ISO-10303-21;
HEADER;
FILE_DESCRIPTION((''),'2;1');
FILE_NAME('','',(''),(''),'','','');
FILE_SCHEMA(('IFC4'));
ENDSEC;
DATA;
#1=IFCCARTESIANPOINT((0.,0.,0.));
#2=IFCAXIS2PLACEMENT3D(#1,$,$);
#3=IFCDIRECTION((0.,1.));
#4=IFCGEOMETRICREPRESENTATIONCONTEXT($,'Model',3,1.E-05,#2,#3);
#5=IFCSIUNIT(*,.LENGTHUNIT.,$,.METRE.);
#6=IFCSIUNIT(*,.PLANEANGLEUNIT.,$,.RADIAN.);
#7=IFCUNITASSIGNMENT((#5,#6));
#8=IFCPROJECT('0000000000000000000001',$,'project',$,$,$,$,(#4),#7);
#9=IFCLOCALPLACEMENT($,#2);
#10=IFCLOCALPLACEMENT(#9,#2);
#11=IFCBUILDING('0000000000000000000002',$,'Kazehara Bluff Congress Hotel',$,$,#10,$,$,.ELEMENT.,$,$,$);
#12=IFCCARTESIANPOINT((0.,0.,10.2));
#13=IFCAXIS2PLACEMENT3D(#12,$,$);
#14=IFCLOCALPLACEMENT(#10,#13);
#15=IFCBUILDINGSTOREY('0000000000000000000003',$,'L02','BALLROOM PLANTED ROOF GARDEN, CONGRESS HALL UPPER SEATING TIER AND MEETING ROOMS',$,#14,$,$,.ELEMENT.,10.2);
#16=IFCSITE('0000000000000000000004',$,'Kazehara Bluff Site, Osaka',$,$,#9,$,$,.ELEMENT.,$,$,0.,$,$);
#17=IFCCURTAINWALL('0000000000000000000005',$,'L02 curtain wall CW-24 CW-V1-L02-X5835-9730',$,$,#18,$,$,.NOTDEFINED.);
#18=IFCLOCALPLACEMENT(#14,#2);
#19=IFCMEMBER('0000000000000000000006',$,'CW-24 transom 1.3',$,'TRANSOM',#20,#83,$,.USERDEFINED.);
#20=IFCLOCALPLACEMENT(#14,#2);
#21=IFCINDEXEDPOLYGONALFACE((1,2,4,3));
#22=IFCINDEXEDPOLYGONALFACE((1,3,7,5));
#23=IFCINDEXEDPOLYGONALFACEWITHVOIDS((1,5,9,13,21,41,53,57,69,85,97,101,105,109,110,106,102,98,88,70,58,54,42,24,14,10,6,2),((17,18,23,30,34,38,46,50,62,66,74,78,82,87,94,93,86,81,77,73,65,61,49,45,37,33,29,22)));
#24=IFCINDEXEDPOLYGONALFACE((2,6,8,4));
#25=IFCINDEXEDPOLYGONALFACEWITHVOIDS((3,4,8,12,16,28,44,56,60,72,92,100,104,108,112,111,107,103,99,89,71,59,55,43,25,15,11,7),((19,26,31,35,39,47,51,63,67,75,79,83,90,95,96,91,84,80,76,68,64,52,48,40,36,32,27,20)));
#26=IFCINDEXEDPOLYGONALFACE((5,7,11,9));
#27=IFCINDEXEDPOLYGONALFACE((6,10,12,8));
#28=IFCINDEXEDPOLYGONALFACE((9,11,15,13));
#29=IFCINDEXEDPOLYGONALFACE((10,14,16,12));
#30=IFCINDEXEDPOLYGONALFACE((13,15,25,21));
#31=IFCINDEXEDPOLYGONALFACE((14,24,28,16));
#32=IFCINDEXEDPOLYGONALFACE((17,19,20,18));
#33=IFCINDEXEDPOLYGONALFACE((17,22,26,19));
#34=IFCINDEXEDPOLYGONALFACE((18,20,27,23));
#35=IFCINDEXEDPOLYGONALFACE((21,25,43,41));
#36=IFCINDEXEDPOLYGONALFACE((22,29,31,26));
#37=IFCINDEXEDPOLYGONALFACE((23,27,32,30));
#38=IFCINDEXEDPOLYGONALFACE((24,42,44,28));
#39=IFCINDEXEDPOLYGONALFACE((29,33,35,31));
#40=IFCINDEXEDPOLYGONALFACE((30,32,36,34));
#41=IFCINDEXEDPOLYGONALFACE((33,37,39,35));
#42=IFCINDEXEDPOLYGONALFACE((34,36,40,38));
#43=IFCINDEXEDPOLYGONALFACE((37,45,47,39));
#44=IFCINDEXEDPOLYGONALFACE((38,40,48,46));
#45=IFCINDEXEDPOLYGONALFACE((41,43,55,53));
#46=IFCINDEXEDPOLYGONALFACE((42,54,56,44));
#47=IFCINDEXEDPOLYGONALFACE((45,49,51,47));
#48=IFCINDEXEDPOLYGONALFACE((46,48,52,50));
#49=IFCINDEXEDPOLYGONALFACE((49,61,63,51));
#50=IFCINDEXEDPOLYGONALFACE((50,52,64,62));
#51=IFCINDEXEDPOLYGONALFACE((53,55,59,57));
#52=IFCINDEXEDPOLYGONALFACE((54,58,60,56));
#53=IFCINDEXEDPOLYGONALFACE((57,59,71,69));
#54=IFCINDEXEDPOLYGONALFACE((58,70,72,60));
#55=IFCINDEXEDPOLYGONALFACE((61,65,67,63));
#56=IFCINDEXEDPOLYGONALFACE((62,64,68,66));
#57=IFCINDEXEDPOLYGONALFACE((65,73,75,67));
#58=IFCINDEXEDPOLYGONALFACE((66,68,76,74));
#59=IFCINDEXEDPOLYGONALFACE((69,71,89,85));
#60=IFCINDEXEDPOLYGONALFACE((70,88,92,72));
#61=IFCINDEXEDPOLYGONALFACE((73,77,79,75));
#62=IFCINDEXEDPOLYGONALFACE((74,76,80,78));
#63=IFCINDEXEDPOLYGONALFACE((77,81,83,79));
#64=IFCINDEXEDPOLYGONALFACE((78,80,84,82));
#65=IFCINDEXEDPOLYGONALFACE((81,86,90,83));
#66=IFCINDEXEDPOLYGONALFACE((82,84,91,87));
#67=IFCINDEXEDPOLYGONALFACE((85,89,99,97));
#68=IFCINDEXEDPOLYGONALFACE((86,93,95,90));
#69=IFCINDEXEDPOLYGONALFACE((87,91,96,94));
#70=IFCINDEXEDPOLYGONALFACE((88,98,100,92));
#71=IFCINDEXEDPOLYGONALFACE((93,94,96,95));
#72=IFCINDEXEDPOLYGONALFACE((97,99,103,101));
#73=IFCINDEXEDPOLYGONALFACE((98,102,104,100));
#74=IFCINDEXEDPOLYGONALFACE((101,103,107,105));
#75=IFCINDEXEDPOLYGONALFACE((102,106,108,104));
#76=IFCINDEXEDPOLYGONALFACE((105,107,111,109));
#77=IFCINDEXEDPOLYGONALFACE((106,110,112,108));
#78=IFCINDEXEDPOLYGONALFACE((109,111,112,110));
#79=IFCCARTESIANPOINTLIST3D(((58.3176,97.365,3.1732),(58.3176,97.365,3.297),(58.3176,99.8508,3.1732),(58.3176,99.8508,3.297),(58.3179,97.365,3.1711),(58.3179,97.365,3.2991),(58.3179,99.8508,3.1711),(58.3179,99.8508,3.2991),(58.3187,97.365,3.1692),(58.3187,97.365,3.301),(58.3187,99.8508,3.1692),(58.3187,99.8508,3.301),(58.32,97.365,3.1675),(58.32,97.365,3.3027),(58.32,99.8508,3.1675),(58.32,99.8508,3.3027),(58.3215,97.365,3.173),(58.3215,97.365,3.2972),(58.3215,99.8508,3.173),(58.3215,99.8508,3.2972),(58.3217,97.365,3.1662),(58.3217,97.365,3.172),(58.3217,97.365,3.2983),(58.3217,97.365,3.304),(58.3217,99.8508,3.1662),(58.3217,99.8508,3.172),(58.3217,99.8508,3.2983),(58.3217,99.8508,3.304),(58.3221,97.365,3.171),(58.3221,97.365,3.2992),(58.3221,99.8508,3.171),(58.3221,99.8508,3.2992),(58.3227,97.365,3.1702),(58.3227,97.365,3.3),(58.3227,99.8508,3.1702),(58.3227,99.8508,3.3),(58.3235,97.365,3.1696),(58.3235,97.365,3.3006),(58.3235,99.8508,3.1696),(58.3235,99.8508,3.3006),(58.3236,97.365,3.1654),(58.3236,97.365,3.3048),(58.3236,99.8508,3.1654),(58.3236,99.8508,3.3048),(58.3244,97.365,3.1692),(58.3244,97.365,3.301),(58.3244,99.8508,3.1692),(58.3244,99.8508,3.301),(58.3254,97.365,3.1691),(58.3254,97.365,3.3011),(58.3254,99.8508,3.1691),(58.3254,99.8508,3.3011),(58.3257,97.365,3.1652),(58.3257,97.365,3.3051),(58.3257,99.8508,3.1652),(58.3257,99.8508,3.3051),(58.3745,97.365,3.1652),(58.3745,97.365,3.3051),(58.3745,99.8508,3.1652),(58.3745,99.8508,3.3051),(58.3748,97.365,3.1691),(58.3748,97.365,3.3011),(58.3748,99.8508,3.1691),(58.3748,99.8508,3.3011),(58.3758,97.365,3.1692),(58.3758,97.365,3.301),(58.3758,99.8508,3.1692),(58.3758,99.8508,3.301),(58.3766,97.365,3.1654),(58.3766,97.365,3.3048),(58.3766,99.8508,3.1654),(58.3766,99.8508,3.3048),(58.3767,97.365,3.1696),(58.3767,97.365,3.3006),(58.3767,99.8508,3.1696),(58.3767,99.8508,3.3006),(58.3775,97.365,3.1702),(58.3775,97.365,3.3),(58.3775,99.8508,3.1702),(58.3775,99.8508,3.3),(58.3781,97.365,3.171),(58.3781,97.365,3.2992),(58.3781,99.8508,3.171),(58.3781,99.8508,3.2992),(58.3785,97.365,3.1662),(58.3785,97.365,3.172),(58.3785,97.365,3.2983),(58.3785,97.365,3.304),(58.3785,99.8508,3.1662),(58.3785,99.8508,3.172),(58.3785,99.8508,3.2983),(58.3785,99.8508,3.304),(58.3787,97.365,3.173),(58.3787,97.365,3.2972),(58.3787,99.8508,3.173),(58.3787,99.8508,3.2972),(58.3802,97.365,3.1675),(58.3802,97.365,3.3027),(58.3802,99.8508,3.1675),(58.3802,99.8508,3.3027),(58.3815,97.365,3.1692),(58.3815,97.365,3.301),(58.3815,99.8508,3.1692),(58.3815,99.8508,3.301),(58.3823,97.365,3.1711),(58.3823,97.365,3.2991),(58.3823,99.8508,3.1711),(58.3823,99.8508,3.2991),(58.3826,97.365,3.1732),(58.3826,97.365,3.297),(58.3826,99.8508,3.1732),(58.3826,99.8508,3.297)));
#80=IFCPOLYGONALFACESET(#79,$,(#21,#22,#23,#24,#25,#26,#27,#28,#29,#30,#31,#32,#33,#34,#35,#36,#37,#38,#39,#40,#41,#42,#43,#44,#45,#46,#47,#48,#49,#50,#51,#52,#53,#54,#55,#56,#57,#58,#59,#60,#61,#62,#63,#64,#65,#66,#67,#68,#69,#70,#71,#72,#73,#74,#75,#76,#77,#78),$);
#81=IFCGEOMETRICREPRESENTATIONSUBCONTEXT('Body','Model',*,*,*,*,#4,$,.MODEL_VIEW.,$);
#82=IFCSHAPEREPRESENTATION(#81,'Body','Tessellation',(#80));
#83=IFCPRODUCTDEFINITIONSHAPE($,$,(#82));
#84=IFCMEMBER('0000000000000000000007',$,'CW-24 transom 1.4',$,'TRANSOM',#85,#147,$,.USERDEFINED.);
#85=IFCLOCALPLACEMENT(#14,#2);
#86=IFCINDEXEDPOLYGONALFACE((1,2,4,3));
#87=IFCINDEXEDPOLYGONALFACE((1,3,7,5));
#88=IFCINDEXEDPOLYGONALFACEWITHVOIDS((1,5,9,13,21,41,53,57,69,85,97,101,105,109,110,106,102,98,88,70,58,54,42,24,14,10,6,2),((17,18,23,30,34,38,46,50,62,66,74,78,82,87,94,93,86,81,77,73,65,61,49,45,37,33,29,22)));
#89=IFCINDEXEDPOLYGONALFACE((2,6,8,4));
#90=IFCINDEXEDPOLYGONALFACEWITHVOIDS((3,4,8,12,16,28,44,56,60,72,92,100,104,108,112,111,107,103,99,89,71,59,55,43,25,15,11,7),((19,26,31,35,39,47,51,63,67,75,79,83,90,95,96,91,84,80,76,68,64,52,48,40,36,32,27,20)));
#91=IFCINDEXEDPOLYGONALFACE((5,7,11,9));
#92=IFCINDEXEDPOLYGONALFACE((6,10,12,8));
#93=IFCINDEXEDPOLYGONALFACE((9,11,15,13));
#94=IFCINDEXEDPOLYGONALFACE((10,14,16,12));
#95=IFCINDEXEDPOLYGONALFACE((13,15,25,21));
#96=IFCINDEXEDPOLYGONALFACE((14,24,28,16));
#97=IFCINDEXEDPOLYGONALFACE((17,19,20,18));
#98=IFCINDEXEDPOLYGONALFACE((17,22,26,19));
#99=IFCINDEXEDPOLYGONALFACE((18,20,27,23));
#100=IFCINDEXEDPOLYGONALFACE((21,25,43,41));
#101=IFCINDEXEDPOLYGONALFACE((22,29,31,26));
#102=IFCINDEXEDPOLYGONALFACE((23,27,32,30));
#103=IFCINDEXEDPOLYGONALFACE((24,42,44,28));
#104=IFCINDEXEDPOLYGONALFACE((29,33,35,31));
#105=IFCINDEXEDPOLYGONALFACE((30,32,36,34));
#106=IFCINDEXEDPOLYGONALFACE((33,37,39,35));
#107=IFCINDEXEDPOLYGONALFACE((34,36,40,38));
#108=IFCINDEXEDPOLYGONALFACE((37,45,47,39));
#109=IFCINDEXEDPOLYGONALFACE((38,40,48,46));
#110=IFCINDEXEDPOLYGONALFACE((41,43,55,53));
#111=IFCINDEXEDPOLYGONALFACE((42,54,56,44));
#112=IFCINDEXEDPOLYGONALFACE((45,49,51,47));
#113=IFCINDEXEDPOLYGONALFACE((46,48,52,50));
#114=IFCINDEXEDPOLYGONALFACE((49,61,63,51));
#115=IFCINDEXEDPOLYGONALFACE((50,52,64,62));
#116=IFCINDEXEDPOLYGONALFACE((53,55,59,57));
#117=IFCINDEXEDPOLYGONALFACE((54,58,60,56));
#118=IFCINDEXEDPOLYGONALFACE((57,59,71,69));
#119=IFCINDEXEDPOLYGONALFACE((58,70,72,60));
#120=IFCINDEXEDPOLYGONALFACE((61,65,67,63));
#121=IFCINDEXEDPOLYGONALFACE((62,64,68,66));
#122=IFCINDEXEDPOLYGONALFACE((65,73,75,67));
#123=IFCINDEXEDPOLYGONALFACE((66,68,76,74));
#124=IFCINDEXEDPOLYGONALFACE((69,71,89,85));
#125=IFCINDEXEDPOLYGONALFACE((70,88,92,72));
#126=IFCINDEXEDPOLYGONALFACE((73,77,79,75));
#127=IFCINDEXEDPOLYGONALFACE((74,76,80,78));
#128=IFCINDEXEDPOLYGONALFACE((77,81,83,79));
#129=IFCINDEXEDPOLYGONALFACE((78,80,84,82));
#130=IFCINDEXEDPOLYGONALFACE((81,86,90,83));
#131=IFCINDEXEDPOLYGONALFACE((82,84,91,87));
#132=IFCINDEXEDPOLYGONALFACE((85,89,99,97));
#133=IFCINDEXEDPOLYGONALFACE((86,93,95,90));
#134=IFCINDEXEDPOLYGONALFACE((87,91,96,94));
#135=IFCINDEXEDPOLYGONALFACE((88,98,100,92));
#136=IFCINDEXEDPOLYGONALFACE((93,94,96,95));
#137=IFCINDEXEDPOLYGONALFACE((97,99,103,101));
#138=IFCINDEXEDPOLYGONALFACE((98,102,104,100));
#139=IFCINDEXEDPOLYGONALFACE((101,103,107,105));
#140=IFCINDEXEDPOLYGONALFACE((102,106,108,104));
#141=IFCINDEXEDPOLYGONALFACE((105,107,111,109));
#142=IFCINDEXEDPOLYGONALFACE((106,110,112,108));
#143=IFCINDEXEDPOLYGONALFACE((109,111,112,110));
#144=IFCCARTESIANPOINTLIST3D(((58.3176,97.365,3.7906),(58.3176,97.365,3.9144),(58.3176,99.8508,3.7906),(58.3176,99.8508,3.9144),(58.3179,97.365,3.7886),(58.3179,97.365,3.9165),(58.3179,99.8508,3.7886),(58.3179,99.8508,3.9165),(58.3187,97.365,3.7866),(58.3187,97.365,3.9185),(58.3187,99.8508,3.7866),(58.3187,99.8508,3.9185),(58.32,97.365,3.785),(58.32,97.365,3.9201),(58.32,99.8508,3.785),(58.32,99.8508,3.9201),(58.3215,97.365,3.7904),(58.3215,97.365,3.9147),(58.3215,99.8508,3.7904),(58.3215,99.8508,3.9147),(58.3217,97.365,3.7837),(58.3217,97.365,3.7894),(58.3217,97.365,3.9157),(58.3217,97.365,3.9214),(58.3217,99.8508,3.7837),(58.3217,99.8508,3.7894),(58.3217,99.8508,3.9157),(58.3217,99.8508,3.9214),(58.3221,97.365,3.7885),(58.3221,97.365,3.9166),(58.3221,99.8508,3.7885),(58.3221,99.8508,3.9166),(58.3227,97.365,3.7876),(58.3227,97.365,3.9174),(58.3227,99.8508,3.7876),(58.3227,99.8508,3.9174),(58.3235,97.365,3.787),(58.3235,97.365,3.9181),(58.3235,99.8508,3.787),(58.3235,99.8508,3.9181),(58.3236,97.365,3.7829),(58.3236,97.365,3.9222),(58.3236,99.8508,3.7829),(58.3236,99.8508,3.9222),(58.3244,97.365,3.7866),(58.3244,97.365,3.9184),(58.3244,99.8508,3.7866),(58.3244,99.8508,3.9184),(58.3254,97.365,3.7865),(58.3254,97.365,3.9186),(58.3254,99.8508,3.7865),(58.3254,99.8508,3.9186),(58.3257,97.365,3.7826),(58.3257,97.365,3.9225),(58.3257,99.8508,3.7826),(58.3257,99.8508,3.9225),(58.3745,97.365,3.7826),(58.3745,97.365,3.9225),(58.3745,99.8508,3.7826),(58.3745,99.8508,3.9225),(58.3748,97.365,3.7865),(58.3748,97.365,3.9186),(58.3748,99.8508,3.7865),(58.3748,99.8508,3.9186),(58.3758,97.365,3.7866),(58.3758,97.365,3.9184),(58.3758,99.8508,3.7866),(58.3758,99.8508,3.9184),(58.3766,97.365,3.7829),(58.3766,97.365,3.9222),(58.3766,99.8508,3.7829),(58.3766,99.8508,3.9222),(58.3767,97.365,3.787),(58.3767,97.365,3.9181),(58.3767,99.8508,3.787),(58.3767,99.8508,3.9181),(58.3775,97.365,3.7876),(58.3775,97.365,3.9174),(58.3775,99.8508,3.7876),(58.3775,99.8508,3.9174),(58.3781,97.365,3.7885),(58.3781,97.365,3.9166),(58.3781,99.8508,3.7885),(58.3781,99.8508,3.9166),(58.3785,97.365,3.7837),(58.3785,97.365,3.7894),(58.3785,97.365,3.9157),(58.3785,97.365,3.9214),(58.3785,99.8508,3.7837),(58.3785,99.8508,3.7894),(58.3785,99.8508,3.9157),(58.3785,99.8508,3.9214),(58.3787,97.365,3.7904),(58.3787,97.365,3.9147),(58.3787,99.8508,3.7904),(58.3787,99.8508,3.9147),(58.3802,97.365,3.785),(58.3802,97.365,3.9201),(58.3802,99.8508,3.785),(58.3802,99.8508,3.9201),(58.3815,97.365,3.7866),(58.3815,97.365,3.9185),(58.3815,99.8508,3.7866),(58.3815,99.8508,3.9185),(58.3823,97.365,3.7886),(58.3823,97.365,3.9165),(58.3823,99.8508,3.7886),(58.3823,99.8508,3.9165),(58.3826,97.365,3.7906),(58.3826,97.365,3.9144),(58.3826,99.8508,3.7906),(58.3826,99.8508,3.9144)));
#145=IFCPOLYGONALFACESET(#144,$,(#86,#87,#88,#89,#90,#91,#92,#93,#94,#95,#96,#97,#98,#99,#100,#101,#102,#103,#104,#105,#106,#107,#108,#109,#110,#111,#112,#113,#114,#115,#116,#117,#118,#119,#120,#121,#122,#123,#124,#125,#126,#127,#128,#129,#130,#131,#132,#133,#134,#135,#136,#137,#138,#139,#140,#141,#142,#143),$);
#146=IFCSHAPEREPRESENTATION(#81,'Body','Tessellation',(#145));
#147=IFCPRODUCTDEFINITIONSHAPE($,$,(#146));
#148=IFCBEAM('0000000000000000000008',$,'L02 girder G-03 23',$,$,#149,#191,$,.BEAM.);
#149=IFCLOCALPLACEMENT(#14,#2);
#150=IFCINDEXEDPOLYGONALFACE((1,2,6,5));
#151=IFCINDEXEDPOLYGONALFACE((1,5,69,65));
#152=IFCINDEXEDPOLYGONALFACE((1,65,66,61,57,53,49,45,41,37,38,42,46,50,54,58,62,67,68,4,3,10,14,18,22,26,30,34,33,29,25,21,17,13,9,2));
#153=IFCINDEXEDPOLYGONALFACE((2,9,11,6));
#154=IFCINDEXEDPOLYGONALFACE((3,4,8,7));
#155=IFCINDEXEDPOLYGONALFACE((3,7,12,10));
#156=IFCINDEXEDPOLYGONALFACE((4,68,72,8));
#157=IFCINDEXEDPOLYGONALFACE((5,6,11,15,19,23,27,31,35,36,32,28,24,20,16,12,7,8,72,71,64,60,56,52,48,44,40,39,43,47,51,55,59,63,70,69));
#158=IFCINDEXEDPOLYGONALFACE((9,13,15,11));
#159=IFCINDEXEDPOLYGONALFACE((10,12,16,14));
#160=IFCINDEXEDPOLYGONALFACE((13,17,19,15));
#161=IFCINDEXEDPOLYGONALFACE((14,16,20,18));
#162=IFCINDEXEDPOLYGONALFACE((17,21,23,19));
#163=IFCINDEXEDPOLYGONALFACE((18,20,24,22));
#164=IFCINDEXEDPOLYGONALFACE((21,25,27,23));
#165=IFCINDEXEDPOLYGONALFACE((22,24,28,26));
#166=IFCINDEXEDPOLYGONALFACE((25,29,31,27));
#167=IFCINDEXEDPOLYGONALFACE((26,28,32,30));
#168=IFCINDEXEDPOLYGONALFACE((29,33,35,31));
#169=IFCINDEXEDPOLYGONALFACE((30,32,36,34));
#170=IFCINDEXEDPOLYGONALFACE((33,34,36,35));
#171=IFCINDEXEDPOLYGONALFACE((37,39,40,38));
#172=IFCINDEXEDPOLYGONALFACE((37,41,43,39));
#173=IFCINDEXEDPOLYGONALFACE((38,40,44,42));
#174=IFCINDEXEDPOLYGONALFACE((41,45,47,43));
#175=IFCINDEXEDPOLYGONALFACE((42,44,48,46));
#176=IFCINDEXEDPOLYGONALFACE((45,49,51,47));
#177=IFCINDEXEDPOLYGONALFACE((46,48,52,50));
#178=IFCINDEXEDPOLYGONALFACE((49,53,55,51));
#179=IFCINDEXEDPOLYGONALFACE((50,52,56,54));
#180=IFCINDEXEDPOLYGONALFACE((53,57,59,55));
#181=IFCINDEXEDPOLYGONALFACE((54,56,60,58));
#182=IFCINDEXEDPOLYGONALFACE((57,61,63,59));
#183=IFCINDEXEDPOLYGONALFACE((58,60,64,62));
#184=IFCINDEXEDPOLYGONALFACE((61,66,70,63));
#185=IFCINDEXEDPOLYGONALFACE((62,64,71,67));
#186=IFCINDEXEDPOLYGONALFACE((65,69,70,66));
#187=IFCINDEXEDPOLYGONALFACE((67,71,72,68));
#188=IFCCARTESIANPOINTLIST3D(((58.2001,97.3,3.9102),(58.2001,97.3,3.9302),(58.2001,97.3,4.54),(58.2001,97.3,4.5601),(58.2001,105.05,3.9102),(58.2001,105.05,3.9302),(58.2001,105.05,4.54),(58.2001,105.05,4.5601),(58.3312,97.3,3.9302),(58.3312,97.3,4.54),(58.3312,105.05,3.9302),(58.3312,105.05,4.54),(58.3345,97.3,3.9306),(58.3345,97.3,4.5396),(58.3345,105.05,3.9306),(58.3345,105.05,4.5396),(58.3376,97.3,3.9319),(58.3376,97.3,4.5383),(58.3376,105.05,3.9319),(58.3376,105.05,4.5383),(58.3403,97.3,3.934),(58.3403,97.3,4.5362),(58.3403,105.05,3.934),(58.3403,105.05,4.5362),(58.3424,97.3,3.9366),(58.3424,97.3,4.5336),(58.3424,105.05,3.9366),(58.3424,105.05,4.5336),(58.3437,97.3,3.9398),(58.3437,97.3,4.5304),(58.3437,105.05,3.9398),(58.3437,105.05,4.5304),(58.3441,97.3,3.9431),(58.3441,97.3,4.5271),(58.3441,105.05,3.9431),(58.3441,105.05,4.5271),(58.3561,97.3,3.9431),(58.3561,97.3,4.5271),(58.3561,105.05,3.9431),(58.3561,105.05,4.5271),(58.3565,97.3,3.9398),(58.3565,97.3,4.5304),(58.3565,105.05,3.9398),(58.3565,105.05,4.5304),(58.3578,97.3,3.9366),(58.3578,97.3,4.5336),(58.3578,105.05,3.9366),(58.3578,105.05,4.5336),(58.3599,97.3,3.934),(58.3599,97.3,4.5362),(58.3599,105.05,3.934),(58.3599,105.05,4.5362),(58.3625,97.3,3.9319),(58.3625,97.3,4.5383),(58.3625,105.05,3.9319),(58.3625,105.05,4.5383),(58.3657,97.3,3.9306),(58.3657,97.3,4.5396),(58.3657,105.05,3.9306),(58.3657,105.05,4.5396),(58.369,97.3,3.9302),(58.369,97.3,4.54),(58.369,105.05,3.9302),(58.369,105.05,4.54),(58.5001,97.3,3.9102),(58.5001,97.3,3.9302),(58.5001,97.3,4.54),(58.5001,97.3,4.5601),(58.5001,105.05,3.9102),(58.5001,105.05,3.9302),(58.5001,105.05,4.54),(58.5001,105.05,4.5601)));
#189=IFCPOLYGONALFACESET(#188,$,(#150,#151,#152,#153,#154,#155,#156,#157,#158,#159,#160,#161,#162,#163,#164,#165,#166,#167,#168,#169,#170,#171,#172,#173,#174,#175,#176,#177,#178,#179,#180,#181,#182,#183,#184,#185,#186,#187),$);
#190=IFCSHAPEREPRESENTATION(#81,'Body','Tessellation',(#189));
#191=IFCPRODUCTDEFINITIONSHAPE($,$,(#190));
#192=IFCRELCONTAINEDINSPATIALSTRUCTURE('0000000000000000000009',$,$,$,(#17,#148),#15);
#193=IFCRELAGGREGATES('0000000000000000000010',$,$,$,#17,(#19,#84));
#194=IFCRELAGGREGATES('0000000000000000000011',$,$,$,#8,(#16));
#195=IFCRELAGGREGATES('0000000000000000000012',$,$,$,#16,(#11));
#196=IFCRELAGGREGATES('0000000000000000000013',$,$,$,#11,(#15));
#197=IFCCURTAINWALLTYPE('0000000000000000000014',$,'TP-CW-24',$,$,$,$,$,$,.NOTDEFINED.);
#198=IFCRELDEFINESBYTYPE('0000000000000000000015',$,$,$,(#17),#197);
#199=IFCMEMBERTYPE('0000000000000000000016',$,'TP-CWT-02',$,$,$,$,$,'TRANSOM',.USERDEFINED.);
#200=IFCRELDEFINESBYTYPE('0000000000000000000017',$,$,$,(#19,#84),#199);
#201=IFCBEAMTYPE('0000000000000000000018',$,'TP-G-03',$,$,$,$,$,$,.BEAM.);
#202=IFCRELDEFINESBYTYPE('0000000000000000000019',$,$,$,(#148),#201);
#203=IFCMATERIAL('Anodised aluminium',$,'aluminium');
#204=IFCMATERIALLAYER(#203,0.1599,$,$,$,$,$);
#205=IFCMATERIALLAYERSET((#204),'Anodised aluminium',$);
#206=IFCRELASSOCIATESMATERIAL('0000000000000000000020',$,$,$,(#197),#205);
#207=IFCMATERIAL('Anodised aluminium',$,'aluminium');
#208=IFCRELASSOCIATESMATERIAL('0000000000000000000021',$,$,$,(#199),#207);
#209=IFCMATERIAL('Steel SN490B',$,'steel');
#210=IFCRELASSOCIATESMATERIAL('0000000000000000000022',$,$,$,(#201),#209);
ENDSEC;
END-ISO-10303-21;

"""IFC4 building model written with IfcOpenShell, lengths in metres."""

from ifc_helpers import new_model, si_unit, direction, frame, origin, origin_2d, place, context, subcontext, project, spatial, hollow_rectangle, i_section, extrude, material, layer, layer_set, material_profile, profile_set, type_object, element, aggregate, save


model = new_model("IFC4")

# Units and contexts
model_context = context("Model", 3, precision=1e-05, world=origin(), true_north=direction((0.0, 1.0)))
body_context = subcontext(model_context, "Body", "Model", "MODEL_VIEW")
ifc_project = project(units=[si_unit("LENGTHUNIT", "METRE"), si_unit("PLANEANGLEUNIT", "RADIAN")], contexts=[model_context])

# Site, building, storey
site_placement = place(None, origin())
site = spatial("IfcSite", under=ifc_project, at=site_placement, Name="Kazehara Bluff Site, Osaka", CompositionType="ELEMENT", RefElevation=0.0)
building_placement = place(site_placement, origin())
building = spatial("IfcBuilding", under=site, at=building_placement, Name="Kazehara Bluff Congress Hotel", CompositionType="ELEMENT")
storey_placement = place(building_placement, frame((0.0, 0.0, 10.2)))
storey = spatial("IfcBuildingStorey", under=building, at=storey_placement, Name="L02", Description="BALLROOM PLANTED ROOF GARDEN, CONGRESS HALL UPPER SEATING TIER AND MEETING ROOMS", CompositionType="ELEMENT", Elevation=10.2)

# Curtain wall
ifc_material_1 = material(Name="Anodised aluminium", Category="aluminium")
ifc_layer_1 = layer(ifc_material_1, 0.1599)
ifc_layer_set_1 = layer_set([ifc_layer_1], Name="Anodised aluminium")
curtain_wall_type_1 = type_object("IfcCurtainWallType", Name="TP-CW-24", PredefinedType="NOTDEFINED", material=ifc_layer_set_1)
curtain_wall_1_placement = place(storey_placement, origin())
curtain_wall_1 = element("IfcCurtainWall", 1, at=curtain_wall_1_placement, inside=storey, type_object=curtain_wall_type_1, Name="L02 curtain wall CW-24 CW-V1-L02-X5835-9730", PredefinedType="NOTDEFINED")

# Members
ifc_material_2 = material(Name="Anodised aluminium", Category="aluminium")
ifc_material_profile_1 = material_profile(ifc_material_2, hollow_rectangle(XDim=0.0649, YDim=0.1399, WallThickness=0.0039, InnerFilletRadius=0.0039, OuterFilletRadius=0.0081, at=origin_2d()))
ifc_profile_set_1 = profile_set([ifc_material_profile_1], Name="Anodised aluminium")
member_type_1 = type_object("IfcMemberType", Name="TP-CWT-02", ElementType="TRANSOM", PredefinedType="USERDEFINED", material=ifc_profile_set_1)
member_1_placement = place(storey_placement, frame((58.3501, 97.365, 3.2351), z_axis=(0.0, 1.0, 0.0), x_axis=(-1.0, 0.0, 0.0)))
member_1 = element("IfcMember", 2, at=member_1_placement, type_object=member_type_1, Name="CW-24 transom 1.3", ObjectType="TRANSOM", PredefinedType="USERDEFINED", context=body_context, shape_type="SweptSolid", body=[
    extrude(hollow_rectangle(XDim=0.0649, YDim=0.1399, WallThickness=0.0039, InnerFilletRadius=0.0039, OuterFilletRadius=0.0081, at=origin_2d()), origin(), (0.0, 0.0, 1.0), 2.4858),
])
member_2_placement = place(storey_placement, frame((58.3501, 97.365, 3.8525), z_axis=(0.0, 1.0, 0.0), x_axis=(-1.0, 0.0, 0.0)))
member_2 = element("IfcMember", 3, at=member_2_placement, type_object=member_type_1, Name="CW-24 transom 1.4", ObjectType="TRANSOM", PredefinedType="USERDEFINED", context=body_context, shape_type="SweptSolid", body=[
    extrude(hollow_rectangle(XDim=0.0649, YDim=0.1399, WallThickness=0.0039, InnerFilletRadius=0.0039, OuterFilletRadius=0.0081, at=origin_2d()), origin(), (0.0, 0.0, 1.0), 2.4858),
])

# Beam
ifc_material_3 = material(Name="Steel SN490B", Category="steel")
ifc_material_profile_2 = material_profile(ifc_material_3, i_section(OverallWidth=0.3, OverallDepth=0.6499, WebThickness=0.012, FlangeThickness=0.02, FilletRadius=0.0129, at=origin_2d()))
ifc_profile_set_2 = profile_set([ifc_material_profile_2], Name="Steel SN490B")
beam_type = type_object("IfcBeamType", Name="TP-G-03", PredefinedType="BEAM", material=ifc_profile_set_2)
beam_placement = place(storey_placement, frame((58.3501, 97.3, 4.2351), z_axis=(0.0, 1.0, 0.0), x_axis=(-1.0, 0.0, 0.0)))
element("IfcBeam", 4, at=beam_placement, inside=storey, type_object=beam_type, Name="L02 girder G-03 23", PredefinedType="BEAM", context=body_context, shape_type="SweptSolid", body=[
    extrude(i_section(OverallWidth=0.3, OverallDepth=0.6499, WebThickness=0.012, FlangeThickness=0.02, FilletRadius=0.0129, at=origin_2d()), origin(), (0.0, 0.0, 1.0), 7.75),
])

aggregate(curtain_wall_1, [member_1, member_2])

save(model, "model.ifc")
